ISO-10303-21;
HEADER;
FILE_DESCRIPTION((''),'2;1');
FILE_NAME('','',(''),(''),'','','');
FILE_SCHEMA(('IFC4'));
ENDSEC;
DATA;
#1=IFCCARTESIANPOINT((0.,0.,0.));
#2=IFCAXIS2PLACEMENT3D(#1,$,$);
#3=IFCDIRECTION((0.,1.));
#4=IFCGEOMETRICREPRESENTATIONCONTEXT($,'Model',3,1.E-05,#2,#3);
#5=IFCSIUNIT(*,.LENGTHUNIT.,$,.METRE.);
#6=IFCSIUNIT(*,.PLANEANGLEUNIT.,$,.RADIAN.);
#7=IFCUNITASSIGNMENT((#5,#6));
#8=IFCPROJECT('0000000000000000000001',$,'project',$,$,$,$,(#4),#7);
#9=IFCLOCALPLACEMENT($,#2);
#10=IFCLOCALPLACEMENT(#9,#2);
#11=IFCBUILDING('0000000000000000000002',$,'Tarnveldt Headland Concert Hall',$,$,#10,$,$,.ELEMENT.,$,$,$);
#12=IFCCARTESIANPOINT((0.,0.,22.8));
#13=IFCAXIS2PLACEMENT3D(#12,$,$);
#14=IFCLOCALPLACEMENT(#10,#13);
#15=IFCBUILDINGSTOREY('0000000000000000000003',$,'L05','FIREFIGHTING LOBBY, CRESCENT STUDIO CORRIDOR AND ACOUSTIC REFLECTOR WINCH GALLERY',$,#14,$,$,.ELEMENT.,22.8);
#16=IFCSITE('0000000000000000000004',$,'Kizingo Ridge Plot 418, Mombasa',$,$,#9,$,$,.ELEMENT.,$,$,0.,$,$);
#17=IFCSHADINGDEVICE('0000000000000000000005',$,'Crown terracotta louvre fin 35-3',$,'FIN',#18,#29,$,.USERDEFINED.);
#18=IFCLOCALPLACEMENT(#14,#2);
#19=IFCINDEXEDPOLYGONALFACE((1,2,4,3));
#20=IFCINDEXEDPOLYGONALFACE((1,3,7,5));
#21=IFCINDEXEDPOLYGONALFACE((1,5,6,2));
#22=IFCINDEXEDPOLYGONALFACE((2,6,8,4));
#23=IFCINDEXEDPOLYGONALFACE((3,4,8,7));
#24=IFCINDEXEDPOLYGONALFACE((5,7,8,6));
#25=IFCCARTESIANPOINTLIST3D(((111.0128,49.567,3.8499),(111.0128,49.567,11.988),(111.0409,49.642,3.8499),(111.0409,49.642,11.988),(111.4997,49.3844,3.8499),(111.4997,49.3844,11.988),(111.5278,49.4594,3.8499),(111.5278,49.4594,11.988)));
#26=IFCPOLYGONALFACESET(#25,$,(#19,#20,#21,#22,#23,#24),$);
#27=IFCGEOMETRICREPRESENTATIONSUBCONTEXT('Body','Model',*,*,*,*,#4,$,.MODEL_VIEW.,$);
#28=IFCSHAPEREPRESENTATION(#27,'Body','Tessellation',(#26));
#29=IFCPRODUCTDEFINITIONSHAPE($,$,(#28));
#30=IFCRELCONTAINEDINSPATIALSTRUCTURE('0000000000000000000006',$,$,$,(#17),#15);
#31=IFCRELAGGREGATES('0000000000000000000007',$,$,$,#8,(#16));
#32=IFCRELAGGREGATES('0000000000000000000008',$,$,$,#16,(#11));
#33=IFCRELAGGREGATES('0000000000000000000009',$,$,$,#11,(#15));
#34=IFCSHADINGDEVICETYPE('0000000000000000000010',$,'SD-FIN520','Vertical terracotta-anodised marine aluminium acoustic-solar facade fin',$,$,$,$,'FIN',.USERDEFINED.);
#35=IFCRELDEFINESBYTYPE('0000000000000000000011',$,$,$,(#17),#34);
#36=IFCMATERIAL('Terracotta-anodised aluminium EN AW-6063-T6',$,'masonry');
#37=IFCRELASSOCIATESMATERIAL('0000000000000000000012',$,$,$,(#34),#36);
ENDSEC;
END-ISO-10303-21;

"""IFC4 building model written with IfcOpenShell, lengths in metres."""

from ifc_helpers import new_model, si_unit, direction, frame, origin, origin_2d, place, context, subcontext, project, spatial, rectangle, extrude, material, type_object, element, save


model = new_model("IFC4")

# Units and contexts
model_context = context("Model", 3, precision=1e-05, world=origin(), true_north=direction((0.0, 1.0)))
body_context = subcontext(model_context, "Body", "Model", "MODEL_VIEW")
ifc_project = project(units=[si_unit("LENGTHUNIT", "METRE"), si_unit("PLANEANGLEUNIT", "RADIAN")], contexts=[model_context])

# Site, building, storey
site_placement = place(None, origin())
site = spatial("IfcSite", under=ifc_project, at=site_placement, Name="Kizingo Ridge Plot 418, Mombasa", CompositionType="ELEMENT", RefElevation=0.0)
building_placement = place(site_placement, origin())
building = spatial("IfcBuilding", under=site, at=building_placement, Name="Tarnveldt Headland Concert Hall", CompositionType="ELEMENT")
storey_placement = place(building_placement, frame((0.0, 0.0, 22.8)))
storey = spatial("IfcBuildingStorey", under=building, at=storey_placement, Name="L05", Description="FIREFIGHTING LOBBY, CRESCENT STUDIO CORRIDOR AND ACOUSTIC REFLECTOR WINCH GALLERY", CompositionType="ELEMENT", Elevation=22.8)

# Shading device
ifc_material_1 = material(Name="Terracotta-anodised aluminium EN AW-6063-T6", Category="masonry")
shading_device_type = type_object("IfcShadingDeviceType", Name="SD-FIN520", Description="Vertical terracotta-anodised marine aluminium acoustic-solar facade fin", ElementType="FIN", PredefinedType="USERDEFINED", material=ifc_material_1)
shading_device_1_placement = place(storey_placement, frame((111.2703, 49.5132, 3.8499), z_axis=(0.0, 0.0, 1.0), x_axis=(0.936305, -0.351188, 0.0)))
element("IfcShadingDevice", 1, at=shading_device_1_placement, inside=storey, type_object=shading_device_type, Name="Crown terracotta louvre fin 35-3", ObjectType="FIN", PredefinedType="USERDEFINED", context=body_context, shape_type="SweptSolid", body=[
    extrude(rectangle(XDim=0.52, YDim=0.0801, at=origin_2d()), origin(), (0.0, 0.0, 1.0), 8.1382),
])

save(model, "model.ifc")
